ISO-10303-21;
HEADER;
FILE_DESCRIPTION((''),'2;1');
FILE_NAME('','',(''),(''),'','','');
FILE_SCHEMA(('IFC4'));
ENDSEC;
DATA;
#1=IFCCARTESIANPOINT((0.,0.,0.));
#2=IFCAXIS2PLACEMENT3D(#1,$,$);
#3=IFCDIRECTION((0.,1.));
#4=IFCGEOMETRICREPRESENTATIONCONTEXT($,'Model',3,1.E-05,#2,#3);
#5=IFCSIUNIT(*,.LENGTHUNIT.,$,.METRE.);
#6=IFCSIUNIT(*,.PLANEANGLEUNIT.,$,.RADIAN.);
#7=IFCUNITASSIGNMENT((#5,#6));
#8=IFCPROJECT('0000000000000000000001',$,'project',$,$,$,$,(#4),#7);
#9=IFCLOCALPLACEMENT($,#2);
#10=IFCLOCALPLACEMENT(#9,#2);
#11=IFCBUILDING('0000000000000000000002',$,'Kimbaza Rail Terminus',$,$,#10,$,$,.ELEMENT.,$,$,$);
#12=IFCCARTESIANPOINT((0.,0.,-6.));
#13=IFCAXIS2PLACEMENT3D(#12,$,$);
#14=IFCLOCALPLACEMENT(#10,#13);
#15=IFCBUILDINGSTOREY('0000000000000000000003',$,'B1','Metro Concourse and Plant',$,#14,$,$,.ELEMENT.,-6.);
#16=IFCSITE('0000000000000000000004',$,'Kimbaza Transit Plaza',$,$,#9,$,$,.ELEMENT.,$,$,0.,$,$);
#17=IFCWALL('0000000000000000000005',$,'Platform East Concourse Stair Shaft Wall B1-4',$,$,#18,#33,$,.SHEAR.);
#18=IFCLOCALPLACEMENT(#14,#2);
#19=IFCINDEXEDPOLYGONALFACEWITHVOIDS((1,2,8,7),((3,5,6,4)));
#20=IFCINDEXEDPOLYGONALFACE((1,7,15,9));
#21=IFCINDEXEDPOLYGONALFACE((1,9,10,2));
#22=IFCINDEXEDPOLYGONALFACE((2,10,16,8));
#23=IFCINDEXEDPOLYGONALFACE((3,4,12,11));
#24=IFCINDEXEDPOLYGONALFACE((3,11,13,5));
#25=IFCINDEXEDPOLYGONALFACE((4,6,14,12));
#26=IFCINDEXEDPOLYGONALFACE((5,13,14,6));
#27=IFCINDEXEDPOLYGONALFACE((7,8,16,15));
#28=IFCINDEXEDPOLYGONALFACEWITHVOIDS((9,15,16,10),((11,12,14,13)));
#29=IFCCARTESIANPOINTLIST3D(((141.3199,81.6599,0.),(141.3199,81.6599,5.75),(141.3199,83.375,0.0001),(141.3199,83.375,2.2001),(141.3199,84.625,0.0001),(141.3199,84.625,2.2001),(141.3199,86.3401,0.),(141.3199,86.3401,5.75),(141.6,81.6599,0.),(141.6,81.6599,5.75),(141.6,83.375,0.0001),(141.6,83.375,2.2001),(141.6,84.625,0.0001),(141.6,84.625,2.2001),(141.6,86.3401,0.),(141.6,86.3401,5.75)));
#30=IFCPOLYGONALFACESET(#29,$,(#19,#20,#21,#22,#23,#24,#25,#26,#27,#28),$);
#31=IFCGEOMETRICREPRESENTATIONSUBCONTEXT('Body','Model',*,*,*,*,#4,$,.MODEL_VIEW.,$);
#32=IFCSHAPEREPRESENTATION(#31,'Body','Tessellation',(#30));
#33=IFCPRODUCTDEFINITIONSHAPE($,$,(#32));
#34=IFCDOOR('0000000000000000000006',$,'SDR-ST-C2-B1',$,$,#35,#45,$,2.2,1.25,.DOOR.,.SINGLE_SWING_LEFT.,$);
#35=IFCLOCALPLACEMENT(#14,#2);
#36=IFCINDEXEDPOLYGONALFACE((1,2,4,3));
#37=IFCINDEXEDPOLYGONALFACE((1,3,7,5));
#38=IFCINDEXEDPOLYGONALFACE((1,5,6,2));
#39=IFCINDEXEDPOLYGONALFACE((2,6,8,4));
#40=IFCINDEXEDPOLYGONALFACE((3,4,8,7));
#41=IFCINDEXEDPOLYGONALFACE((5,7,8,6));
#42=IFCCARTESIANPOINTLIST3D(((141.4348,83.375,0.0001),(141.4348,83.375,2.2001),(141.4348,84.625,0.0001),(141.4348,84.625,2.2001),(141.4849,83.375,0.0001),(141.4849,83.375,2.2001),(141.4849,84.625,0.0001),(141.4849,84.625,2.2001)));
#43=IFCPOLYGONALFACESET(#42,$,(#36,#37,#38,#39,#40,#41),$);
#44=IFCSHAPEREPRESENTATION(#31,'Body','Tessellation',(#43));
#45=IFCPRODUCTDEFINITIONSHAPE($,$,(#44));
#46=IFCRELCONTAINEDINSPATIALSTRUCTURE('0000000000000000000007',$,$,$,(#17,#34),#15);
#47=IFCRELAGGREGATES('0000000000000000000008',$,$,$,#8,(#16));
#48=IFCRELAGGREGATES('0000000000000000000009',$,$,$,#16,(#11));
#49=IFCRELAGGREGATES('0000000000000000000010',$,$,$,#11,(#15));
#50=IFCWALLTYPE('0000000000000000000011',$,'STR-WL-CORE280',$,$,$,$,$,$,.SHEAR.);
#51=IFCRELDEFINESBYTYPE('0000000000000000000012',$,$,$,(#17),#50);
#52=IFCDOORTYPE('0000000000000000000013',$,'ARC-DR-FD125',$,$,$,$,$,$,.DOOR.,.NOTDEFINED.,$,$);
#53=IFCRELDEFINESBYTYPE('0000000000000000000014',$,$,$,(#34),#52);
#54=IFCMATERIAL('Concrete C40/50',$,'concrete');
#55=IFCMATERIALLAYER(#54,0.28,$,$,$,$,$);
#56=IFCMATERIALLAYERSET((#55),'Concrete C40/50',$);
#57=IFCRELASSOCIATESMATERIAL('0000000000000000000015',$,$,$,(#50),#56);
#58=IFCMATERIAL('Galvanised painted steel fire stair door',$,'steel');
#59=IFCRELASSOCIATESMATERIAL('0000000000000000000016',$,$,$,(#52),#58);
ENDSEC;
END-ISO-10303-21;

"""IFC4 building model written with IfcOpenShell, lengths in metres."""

from ifc_helpers import new_model, si_unit, direction, frame, frame_2d, origin, place, context, subcontext, project, spatial, rectangle, extrude, material, layer, layer_set, type_object, element, fill, save


model = new_model("IFC4")

# Units and contexts
model_context = context("Model", 3, precision=1e-05, world=origin(), true_north=direction((0.0, 1.0)))
body_context = subcontext(model_context, "Body", "Model", "MODEL_VIEW")
ifc_project = project(units=[si_unit("LENGTHUNIT", "METRE"), si_unit("PLANEANGLEUNIT", "RADIAN")], contexts=[model_context])

# Site, building, storey
site_placement = place(None, origin())
site = spatial("IfcSite", under=ifc_project, at=site_placement, Name="Kimbaza Transit Plaza", CompositionType="ELEMENT", RefElevation=0.0)
building_placement = place(site_placement, origin())
building = spatial("IfcBuilding", under=site, at=building_placement, Name="Kimbaza Rail Terminus", CompositionType="ELEMENT")
storey_placement = place(building_placement, frame((0.0, 0.0, -6.0)))
storey = spatial("IfcBuildingStorey", under=building, at=storey_placement, Name="B1", Description="Metro Concourse and Plant", CompositionType="ELEMENT", Elevation=-6.0)

# Shared definitions
ifc_material_1 = material(Name="Concrete C40/50", Category="concrete")
ifc_layer_1 = layer(ifc_material_1, 0.28)
ifc_layer_set_1 = layer_set([ifc_layer_1], Name="Concrete C40/50")
wall_type = type_object("IfcWallType", Name="STR-WL-CORE280", PredefinedType="SHEAR", material=ifc_layer_set_1)

# Wall, opening, door
wall_1_placement = place(storey_placement, frame((141.46, 86.3401, 0.0), z_axis=(0.0, 0.0, 1.0), x_axis=(0.0, -1.0, 0.0)))
wall_1 = element("IfcWall", 1, at=wall_1_placement, inside=storey, type_object=wall_type, Name="Platform East Concourse Stair Shaft Wall B1-4", PredefinedType="SHEAR", context=body_context, shape_type="SweptSolid", body=[
    extrude(rectangle(XDim=4.6802, YDim=0.28, at=frame_2d((2.3401, 0.0))), origin(), (0.0, 0.0, 1.0), 5.75),
])
opening_placement = place(wall_1_placement, frame((1.7151, 0.0, 0.0)))
opening = element("IfcOpeningElement", 2, at=opening_placement, cuts=wall_1, PredefinedType="OPENING", context=body_context, shape_type="SweptSolid", body=[
    extrude(rectangle(XDim=1.25, YDim=2.2, at=frame_2d((0.625, 1.1001))), frame((0.0, 0.1499, 0.0), z_axis=(0.0, -1.0, 0.0), x_axis=(1.0, 0.0, 0.0)), (0.0, 0.0, 1.0), 0.3),
])
ifc_material_2 = material(Name="Galvanised painted steel fire stair door", Category="steel")
door_type = type_object("IfcDoorType", Name="ARC-DR-FD125", OperationType="NOTDEFINED", PredefinedType="DOOR", material=ifc_material_2)
door_placement = place(opening_placement, origin())
door = element("IfcDoor", 3, at=door_placement, inside=storey, type_object=door_type, Name="SDR-ST-C2-B1", OperationType="SINGLE_SWING_LEFT", OverallHeight=2.2, OverallWidth=1.25, PredefinedType="DOOR", context=body_context, shape_type="SweptSolid", body=[
    extrude(rectangle(XDim=1.25, YDim=2.2, at=frame_2d((0.625, 1.1001))), frame((0.0, 0.0249, 0.0), z_axis=(0.0, -1.0, 0.0), x_axis=(1.0, 0.0, 0.0)), (0.0, 0.0, 1.0), 0.05),
])
fill(opening, door)

save(model, "model.ifc")
